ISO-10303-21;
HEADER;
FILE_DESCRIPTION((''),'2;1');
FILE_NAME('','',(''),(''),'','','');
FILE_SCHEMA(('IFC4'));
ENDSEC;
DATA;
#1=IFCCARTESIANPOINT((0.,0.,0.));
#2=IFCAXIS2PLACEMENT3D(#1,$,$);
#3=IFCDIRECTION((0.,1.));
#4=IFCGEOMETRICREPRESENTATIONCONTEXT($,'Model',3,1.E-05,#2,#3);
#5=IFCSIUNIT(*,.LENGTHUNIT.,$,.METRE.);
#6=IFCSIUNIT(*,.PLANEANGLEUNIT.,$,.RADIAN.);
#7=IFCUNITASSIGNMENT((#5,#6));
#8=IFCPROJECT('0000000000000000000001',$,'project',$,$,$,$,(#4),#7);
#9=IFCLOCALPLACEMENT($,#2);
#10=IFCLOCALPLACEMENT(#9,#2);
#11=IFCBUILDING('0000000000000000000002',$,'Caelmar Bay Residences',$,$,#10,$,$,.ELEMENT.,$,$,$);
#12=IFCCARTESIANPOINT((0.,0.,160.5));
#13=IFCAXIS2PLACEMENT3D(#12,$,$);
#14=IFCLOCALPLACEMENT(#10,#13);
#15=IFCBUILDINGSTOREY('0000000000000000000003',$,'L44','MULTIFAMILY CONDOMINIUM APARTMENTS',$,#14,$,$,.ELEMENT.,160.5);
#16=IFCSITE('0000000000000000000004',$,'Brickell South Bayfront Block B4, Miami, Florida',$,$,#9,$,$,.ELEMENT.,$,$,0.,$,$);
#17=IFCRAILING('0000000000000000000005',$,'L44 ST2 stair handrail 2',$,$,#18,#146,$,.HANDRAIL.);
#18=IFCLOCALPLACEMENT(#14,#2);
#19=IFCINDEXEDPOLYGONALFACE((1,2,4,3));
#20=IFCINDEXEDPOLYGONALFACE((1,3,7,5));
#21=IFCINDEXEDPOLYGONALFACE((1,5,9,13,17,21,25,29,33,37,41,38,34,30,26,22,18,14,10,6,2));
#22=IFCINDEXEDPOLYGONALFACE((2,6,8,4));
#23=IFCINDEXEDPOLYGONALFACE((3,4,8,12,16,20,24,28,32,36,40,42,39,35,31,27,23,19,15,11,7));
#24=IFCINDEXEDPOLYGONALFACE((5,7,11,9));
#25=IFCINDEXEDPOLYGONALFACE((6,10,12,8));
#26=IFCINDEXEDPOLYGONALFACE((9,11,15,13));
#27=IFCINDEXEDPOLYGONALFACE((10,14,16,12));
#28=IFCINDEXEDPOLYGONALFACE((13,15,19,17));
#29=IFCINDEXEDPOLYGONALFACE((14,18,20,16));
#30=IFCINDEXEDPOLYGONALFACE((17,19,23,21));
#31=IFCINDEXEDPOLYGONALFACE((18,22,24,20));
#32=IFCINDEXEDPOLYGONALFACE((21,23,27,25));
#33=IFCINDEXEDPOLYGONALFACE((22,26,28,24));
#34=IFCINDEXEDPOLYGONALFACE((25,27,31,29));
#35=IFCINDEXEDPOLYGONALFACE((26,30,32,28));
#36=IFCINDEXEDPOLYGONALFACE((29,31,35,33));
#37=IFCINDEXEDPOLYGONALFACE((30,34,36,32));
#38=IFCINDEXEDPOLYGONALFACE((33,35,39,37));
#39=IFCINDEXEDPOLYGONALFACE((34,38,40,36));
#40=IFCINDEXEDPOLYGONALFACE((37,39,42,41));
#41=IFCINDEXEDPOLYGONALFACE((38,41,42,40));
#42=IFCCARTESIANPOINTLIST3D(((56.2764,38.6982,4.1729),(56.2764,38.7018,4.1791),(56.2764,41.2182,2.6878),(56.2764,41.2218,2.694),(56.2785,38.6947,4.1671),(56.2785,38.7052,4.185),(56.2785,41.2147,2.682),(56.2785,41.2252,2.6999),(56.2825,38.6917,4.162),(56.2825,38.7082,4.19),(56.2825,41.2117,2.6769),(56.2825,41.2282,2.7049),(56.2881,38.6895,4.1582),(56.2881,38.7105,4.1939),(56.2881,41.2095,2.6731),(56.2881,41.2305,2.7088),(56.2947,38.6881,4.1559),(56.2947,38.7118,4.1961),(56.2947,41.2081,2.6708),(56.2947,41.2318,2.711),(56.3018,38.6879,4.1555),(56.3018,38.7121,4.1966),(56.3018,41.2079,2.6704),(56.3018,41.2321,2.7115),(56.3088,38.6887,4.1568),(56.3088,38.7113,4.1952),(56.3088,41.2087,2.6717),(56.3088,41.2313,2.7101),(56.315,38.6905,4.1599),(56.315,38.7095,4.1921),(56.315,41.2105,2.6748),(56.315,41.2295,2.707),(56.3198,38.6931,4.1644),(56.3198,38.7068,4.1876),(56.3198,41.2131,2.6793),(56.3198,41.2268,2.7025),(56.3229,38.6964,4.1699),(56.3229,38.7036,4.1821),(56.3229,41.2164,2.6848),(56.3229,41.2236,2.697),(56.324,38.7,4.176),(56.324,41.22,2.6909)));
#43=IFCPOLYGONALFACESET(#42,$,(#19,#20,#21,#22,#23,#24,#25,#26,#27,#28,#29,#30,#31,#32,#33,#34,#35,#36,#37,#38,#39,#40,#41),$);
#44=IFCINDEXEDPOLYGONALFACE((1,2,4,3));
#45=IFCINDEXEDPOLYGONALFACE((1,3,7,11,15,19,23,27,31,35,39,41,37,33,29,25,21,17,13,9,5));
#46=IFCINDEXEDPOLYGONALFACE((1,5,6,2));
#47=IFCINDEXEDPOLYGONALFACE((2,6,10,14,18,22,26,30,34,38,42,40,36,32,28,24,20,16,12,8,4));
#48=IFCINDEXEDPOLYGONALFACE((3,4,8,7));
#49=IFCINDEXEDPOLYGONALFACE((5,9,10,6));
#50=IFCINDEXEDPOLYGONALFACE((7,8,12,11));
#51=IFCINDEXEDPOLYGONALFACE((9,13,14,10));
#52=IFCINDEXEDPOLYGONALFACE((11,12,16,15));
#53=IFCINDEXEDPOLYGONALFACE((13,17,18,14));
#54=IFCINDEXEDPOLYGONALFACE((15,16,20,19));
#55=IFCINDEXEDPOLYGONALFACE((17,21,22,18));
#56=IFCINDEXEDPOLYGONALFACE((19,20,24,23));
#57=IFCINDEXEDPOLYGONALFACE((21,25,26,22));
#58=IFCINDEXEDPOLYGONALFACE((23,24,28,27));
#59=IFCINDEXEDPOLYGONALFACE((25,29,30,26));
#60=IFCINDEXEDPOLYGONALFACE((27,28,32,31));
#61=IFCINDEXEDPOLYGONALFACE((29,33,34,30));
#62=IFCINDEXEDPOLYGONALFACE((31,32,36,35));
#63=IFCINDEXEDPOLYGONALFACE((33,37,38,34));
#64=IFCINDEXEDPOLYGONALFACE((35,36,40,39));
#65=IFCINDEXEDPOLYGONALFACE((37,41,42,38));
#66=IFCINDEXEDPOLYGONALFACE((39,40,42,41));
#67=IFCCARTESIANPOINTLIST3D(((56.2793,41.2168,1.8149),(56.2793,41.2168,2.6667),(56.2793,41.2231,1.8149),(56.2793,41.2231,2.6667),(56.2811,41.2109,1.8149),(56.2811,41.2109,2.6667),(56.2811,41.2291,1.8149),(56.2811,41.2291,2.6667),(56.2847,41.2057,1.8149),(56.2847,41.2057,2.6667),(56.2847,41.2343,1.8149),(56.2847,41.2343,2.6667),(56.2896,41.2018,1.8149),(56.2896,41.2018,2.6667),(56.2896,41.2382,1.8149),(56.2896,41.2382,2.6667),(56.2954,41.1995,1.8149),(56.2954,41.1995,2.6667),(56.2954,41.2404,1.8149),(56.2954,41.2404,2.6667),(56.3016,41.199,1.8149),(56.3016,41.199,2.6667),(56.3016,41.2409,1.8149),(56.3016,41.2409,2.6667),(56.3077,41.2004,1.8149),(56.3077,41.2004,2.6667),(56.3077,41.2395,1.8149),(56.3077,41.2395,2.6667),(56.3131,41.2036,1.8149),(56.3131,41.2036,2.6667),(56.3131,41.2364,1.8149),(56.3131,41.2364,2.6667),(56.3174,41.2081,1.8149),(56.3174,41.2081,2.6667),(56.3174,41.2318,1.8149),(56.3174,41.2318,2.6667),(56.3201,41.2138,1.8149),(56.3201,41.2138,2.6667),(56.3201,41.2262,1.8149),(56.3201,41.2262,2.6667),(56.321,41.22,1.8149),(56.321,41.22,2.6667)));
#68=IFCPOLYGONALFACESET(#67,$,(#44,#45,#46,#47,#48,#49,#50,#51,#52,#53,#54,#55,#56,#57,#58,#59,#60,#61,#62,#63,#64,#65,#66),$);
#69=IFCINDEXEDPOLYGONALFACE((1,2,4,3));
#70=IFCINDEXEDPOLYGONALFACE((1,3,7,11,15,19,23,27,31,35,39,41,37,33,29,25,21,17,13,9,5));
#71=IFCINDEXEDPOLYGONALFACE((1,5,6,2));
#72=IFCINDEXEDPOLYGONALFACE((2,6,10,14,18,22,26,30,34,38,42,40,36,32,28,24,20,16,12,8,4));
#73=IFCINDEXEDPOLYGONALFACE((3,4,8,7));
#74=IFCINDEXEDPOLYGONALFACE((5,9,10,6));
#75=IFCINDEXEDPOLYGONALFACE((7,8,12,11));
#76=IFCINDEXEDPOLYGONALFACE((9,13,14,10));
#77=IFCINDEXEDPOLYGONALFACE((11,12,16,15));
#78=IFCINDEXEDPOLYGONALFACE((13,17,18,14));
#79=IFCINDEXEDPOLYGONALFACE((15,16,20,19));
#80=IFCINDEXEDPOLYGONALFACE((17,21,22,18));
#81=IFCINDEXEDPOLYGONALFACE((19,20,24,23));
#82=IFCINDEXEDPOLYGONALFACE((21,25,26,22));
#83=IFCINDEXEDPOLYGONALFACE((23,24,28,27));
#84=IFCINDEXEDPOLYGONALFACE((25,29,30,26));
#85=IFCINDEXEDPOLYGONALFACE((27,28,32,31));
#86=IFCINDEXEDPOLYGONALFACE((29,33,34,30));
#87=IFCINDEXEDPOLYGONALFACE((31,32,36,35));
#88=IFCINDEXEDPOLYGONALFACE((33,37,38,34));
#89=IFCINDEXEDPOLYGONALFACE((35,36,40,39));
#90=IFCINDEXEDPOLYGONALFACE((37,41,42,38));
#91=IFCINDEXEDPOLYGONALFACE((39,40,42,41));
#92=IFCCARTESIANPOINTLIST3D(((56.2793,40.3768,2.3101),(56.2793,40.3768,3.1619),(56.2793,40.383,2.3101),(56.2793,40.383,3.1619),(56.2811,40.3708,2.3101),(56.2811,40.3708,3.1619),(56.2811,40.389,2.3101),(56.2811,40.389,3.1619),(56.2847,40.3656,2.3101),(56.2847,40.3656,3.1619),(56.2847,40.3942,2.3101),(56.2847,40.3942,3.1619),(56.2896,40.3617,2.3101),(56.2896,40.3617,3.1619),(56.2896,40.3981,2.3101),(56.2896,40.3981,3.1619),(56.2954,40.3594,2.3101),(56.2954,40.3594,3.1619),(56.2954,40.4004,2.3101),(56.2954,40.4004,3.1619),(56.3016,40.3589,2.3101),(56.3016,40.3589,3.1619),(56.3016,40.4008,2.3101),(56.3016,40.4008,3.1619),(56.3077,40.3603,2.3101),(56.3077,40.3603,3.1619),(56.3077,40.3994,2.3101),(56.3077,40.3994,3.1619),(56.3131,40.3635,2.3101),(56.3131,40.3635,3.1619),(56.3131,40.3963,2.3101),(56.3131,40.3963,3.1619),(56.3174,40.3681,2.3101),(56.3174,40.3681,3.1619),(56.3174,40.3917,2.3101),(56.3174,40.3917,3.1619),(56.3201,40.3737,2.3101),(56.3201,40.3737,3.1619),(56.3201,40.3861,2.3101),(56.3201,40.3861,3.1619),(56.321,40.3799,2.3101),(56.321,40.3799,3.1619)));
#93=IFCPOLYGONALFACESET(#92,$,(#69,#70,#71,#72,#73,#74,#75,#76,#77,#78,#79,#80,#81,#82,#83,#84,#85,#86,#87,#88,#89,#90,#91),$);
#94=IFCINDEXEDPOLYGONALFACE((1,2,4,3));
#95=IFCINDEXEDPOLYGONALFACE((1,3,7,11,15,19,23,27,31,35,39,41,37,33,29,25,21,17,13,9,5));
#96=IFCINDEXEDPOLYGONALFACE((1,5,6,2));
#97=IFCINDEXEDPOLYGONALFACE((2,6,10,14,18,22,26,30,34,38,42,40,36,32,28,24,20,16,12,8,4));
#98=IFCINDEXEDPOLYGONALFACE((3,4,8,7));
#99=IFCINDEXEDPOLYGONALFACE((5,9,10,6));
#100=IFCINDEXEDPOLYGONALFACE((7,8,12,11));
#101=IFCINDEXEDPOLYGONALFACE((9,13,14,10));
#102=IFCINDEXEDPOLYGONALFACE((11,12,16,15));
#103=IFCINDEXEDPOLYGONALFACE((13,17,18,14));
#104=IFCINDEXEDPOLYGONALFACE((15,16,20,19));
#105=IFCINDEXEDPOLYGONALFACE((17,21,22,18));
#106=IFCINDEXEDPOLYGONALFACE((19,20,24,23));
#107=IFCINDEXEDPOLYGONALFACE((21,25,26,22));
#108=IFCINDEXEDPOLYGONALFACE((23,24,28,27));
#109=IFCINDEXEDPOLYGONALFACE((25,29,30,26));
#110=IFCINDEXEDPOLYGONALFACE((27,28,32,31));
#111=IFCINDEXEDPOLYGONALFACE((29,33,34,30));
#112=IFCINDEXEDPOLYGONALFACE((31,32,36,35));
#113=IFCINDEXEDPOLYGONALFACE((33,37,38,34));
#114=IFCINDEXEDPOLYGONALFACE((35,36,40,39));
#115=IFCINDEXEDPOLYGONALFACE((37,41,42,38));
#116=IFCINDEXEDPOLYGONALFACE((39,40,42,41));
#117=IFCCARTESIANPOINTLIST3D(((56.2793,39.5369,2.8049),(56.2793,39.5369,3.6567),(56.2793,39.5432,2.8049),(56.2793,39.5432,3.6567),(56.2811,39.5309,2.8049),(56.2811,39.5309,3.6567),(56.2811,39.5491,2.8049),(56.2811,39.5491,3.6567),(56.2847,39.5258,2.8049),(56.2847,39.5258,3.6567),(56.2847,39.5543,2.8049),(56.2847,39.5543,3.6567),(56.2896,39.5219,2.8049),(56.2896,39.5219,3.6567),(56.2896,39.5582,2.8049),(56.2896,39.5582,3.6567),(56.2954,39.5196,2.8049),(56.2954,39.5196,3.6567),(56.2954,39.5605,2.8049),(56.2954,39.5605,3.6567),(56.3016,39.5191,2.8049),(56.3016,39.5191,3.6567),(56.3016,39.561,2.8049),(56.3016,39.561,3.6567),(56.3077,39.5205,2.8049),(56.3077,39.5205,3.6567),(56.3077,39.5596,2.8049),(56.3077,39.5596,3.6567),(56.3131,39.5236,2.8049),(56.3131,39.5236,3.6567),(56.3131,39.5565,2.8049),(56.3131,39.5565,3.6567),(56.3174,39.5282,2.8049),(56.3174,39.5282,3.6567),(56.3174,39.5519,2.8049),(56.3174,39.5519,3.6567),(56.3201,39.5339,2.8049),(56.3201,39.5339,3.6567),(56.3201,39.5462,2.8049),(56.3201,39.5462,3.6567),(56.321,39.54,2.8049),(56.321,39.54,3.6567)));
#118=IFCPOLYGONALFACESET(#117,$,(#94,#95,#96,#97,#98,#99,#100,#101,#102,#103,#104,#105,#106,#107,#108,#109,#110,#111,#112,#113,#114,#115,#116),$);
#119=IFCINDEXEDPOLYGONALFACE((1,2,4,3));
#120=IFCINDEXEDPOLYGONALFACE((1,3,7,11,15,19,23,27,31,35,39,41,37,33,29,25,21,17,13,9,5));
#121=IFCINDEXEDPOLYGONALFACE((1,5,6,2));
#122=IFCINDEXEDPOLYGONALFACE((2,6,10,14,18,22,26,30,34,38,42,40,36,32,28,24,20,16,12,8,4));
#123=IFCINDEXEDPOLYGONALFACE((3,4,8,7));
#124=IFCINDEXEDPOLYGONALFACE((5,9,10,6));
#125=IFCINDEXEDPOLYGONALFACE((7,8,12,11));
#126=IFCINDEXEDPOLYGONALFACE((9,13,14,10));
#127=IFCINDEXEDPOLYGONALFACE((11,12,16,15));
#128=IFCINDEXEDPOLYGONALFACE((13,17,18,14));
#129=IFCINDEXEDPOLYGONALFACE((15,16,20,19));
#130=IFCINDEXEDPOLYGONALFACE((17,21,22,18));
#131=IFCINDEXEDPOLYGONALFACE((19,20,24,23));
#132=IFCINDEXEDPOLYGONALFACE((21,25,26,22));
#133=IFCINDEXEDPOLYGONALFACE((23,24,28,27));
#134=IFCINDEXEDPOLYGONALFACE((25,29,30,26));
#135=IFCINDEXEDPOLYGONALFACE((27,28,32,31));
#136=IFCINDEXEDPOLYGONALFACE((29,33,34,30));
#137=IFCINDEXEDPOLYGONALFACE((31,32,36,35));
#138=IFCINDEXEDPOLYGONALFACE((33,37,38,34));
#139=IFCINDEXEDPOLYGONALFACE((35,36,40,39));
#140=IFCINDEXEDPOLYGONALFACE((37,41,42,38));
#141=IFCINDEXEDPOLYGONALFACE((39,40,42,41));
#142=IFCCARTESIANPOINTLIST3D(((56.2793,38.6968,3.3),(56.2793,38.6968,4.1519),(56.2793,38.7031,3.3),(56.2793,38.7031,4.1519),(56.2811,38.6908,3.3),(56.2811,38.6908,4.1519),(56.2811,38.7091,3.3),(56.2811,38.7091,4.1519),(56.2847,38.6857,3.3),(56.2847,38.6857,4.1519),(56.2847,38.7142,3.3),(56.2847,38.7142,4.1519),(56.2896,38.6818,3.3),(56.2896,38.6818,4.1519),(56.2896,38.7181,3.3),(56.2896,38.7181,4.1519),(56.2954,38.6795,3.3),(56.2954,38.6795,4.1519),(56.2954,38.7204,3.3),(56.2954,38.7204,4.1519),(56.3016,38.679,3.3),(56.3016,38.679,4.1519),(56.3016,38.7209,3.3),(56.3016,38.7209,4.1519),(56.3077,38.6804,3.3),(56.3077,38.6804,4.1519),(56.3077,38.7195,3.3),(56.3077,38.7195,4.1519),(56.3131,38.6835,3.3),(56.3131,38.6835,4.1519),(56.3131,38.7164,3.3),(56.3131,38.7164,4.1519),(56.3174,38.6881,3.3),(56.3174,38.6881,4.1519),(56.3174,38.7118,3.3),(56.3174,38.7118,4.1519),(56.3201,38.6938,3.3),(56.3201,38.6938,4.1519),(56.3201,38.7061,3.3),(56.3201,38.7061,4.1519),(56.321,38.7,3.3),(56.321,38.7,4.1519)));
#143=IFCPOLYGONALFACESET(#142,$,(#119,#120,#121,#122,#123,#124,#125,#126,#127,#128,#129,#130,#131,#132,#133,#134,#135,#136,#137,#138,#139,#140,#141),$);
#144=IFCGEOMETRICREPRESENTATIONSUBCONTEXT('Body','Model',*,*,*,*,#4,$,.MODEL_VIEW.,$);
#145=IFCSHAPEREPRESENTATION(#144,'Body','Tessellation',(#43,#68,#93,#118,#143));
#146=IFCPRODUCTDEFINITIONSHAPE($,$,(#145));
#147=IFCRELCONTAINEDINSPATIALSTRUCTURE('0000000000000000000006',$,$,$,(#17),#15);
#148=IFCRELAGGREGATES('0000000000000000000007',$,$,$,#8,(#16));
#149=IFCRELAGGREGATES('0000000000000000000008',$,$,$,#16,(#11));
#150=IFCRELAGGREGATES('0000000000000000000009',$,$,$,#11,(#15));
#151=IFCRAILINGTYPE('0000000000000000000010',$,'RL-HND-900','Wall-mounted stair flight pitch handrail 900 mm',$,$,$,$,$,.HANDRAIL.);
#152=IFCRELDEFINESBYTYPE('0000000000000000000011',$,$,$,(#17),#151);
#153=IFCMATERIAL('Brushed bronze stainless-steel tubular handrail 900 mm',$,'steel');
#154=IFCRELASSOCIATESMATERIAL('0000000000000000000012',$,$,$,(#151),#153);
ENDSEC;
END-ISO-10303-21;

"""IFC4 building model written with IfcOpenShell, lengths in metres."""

from ifc_helpers import new_model, si_unit, direction, frame, origin, origin_2d, place, context, subcontext, project, spatial, circle, extrude, material, type_object, element, save


model = new_model("IFC4")

# Units and contexts
model_context = context("Model", 3, precision=1e-05, world=origin(), true_north=direction((0.0, 1.0)))
body_context = subcontext(model_context, "Body", "Model", "MODEL_VIEW")
ifc_project = project(units=[si_unit("LENGTHUNIT", "METRE"), si_unit("PLANEANGLEUNIT", "RADIAN")], contexts=[model_context])

# Site, building, storey
site_placement = place(None, origin())
site = spatial("IfcSite", under=ifc_project, at=site_placement, Name="Brickell South Bayfront Block B4, Miami, Florida", CompositionType="ELEMENT", RefElevation=0.0)
building_placement = place(site_placement, origin())
building = spatial("IfcBuilding", under=site, at=building_placement, Name="Caelmar Bay Residences", CompositionType="ELEMENT")
storey_placement = place(building_placement, frame((0.0, 0.0, 160.5)))
storey = spatial("IfcBuildingStorey", under=building, at=storey_placement, Name="L44", Description="MULTIFAMILY CONDOMINIUM APARTMENTS", CompositionType="ELEMENT", Elevation=160.5)

# Railing
ifc_material_1 = material(Name="Brushed bronze stainless-steel tubular handrail 900 mm", Category="steel")
railing_type_1 = type_object("IfcRailingType", Name="RL-HND-900", Description="Wall-mounted stair flight pitch handrail 900 mm", PredefinedType="HANDRAIL", material=ifc_material_1)
railing_1_placement = place(storey_placement, frame((56.3, 41.22, 1.8149)))
element("IfcRailing", 1, at=railing_1_placement, inside=storey, type_object=railing_type_1, Name="L44 ST2 stair handrail 2", PredefinedType="HANDRAIL", context=body_context, shape_type="SweptSolid", body=[
    extrude(circle(Radius=0.0239, at=origin_2d()), frame((0.0, 0.0, 0.876), z_axis=(0.0, -0.861524, 0.507717), x_axis=(1.0, 0.0, 0.0)), (0.0, 0.0, 1.0), 2.925),
    extrude(circle(Radius=0.021, at=origin_2d()), origin(), (0.0, 0.0, 1.0), 0.8518),
    extrude(circle(Radius=0.021, at=origin_2d()), frame((0.0, -0.8401, 0.4951)), (0.0, 0.0, 1.0), 0.8518),
    extrude(circle(Radius=0.021, at=origin_2d()), frame((0.0, -1.6799, 0.99)), (0.0, 0.0, 1.0), 0.8518),
    extrude(circle(Radius=0.021, at=origin_2d()), frame((0.0, -2.52, 1.4851)), (0.0, 0.0, 1.0), 0.8518),
])

save(model, "model.ifc")
